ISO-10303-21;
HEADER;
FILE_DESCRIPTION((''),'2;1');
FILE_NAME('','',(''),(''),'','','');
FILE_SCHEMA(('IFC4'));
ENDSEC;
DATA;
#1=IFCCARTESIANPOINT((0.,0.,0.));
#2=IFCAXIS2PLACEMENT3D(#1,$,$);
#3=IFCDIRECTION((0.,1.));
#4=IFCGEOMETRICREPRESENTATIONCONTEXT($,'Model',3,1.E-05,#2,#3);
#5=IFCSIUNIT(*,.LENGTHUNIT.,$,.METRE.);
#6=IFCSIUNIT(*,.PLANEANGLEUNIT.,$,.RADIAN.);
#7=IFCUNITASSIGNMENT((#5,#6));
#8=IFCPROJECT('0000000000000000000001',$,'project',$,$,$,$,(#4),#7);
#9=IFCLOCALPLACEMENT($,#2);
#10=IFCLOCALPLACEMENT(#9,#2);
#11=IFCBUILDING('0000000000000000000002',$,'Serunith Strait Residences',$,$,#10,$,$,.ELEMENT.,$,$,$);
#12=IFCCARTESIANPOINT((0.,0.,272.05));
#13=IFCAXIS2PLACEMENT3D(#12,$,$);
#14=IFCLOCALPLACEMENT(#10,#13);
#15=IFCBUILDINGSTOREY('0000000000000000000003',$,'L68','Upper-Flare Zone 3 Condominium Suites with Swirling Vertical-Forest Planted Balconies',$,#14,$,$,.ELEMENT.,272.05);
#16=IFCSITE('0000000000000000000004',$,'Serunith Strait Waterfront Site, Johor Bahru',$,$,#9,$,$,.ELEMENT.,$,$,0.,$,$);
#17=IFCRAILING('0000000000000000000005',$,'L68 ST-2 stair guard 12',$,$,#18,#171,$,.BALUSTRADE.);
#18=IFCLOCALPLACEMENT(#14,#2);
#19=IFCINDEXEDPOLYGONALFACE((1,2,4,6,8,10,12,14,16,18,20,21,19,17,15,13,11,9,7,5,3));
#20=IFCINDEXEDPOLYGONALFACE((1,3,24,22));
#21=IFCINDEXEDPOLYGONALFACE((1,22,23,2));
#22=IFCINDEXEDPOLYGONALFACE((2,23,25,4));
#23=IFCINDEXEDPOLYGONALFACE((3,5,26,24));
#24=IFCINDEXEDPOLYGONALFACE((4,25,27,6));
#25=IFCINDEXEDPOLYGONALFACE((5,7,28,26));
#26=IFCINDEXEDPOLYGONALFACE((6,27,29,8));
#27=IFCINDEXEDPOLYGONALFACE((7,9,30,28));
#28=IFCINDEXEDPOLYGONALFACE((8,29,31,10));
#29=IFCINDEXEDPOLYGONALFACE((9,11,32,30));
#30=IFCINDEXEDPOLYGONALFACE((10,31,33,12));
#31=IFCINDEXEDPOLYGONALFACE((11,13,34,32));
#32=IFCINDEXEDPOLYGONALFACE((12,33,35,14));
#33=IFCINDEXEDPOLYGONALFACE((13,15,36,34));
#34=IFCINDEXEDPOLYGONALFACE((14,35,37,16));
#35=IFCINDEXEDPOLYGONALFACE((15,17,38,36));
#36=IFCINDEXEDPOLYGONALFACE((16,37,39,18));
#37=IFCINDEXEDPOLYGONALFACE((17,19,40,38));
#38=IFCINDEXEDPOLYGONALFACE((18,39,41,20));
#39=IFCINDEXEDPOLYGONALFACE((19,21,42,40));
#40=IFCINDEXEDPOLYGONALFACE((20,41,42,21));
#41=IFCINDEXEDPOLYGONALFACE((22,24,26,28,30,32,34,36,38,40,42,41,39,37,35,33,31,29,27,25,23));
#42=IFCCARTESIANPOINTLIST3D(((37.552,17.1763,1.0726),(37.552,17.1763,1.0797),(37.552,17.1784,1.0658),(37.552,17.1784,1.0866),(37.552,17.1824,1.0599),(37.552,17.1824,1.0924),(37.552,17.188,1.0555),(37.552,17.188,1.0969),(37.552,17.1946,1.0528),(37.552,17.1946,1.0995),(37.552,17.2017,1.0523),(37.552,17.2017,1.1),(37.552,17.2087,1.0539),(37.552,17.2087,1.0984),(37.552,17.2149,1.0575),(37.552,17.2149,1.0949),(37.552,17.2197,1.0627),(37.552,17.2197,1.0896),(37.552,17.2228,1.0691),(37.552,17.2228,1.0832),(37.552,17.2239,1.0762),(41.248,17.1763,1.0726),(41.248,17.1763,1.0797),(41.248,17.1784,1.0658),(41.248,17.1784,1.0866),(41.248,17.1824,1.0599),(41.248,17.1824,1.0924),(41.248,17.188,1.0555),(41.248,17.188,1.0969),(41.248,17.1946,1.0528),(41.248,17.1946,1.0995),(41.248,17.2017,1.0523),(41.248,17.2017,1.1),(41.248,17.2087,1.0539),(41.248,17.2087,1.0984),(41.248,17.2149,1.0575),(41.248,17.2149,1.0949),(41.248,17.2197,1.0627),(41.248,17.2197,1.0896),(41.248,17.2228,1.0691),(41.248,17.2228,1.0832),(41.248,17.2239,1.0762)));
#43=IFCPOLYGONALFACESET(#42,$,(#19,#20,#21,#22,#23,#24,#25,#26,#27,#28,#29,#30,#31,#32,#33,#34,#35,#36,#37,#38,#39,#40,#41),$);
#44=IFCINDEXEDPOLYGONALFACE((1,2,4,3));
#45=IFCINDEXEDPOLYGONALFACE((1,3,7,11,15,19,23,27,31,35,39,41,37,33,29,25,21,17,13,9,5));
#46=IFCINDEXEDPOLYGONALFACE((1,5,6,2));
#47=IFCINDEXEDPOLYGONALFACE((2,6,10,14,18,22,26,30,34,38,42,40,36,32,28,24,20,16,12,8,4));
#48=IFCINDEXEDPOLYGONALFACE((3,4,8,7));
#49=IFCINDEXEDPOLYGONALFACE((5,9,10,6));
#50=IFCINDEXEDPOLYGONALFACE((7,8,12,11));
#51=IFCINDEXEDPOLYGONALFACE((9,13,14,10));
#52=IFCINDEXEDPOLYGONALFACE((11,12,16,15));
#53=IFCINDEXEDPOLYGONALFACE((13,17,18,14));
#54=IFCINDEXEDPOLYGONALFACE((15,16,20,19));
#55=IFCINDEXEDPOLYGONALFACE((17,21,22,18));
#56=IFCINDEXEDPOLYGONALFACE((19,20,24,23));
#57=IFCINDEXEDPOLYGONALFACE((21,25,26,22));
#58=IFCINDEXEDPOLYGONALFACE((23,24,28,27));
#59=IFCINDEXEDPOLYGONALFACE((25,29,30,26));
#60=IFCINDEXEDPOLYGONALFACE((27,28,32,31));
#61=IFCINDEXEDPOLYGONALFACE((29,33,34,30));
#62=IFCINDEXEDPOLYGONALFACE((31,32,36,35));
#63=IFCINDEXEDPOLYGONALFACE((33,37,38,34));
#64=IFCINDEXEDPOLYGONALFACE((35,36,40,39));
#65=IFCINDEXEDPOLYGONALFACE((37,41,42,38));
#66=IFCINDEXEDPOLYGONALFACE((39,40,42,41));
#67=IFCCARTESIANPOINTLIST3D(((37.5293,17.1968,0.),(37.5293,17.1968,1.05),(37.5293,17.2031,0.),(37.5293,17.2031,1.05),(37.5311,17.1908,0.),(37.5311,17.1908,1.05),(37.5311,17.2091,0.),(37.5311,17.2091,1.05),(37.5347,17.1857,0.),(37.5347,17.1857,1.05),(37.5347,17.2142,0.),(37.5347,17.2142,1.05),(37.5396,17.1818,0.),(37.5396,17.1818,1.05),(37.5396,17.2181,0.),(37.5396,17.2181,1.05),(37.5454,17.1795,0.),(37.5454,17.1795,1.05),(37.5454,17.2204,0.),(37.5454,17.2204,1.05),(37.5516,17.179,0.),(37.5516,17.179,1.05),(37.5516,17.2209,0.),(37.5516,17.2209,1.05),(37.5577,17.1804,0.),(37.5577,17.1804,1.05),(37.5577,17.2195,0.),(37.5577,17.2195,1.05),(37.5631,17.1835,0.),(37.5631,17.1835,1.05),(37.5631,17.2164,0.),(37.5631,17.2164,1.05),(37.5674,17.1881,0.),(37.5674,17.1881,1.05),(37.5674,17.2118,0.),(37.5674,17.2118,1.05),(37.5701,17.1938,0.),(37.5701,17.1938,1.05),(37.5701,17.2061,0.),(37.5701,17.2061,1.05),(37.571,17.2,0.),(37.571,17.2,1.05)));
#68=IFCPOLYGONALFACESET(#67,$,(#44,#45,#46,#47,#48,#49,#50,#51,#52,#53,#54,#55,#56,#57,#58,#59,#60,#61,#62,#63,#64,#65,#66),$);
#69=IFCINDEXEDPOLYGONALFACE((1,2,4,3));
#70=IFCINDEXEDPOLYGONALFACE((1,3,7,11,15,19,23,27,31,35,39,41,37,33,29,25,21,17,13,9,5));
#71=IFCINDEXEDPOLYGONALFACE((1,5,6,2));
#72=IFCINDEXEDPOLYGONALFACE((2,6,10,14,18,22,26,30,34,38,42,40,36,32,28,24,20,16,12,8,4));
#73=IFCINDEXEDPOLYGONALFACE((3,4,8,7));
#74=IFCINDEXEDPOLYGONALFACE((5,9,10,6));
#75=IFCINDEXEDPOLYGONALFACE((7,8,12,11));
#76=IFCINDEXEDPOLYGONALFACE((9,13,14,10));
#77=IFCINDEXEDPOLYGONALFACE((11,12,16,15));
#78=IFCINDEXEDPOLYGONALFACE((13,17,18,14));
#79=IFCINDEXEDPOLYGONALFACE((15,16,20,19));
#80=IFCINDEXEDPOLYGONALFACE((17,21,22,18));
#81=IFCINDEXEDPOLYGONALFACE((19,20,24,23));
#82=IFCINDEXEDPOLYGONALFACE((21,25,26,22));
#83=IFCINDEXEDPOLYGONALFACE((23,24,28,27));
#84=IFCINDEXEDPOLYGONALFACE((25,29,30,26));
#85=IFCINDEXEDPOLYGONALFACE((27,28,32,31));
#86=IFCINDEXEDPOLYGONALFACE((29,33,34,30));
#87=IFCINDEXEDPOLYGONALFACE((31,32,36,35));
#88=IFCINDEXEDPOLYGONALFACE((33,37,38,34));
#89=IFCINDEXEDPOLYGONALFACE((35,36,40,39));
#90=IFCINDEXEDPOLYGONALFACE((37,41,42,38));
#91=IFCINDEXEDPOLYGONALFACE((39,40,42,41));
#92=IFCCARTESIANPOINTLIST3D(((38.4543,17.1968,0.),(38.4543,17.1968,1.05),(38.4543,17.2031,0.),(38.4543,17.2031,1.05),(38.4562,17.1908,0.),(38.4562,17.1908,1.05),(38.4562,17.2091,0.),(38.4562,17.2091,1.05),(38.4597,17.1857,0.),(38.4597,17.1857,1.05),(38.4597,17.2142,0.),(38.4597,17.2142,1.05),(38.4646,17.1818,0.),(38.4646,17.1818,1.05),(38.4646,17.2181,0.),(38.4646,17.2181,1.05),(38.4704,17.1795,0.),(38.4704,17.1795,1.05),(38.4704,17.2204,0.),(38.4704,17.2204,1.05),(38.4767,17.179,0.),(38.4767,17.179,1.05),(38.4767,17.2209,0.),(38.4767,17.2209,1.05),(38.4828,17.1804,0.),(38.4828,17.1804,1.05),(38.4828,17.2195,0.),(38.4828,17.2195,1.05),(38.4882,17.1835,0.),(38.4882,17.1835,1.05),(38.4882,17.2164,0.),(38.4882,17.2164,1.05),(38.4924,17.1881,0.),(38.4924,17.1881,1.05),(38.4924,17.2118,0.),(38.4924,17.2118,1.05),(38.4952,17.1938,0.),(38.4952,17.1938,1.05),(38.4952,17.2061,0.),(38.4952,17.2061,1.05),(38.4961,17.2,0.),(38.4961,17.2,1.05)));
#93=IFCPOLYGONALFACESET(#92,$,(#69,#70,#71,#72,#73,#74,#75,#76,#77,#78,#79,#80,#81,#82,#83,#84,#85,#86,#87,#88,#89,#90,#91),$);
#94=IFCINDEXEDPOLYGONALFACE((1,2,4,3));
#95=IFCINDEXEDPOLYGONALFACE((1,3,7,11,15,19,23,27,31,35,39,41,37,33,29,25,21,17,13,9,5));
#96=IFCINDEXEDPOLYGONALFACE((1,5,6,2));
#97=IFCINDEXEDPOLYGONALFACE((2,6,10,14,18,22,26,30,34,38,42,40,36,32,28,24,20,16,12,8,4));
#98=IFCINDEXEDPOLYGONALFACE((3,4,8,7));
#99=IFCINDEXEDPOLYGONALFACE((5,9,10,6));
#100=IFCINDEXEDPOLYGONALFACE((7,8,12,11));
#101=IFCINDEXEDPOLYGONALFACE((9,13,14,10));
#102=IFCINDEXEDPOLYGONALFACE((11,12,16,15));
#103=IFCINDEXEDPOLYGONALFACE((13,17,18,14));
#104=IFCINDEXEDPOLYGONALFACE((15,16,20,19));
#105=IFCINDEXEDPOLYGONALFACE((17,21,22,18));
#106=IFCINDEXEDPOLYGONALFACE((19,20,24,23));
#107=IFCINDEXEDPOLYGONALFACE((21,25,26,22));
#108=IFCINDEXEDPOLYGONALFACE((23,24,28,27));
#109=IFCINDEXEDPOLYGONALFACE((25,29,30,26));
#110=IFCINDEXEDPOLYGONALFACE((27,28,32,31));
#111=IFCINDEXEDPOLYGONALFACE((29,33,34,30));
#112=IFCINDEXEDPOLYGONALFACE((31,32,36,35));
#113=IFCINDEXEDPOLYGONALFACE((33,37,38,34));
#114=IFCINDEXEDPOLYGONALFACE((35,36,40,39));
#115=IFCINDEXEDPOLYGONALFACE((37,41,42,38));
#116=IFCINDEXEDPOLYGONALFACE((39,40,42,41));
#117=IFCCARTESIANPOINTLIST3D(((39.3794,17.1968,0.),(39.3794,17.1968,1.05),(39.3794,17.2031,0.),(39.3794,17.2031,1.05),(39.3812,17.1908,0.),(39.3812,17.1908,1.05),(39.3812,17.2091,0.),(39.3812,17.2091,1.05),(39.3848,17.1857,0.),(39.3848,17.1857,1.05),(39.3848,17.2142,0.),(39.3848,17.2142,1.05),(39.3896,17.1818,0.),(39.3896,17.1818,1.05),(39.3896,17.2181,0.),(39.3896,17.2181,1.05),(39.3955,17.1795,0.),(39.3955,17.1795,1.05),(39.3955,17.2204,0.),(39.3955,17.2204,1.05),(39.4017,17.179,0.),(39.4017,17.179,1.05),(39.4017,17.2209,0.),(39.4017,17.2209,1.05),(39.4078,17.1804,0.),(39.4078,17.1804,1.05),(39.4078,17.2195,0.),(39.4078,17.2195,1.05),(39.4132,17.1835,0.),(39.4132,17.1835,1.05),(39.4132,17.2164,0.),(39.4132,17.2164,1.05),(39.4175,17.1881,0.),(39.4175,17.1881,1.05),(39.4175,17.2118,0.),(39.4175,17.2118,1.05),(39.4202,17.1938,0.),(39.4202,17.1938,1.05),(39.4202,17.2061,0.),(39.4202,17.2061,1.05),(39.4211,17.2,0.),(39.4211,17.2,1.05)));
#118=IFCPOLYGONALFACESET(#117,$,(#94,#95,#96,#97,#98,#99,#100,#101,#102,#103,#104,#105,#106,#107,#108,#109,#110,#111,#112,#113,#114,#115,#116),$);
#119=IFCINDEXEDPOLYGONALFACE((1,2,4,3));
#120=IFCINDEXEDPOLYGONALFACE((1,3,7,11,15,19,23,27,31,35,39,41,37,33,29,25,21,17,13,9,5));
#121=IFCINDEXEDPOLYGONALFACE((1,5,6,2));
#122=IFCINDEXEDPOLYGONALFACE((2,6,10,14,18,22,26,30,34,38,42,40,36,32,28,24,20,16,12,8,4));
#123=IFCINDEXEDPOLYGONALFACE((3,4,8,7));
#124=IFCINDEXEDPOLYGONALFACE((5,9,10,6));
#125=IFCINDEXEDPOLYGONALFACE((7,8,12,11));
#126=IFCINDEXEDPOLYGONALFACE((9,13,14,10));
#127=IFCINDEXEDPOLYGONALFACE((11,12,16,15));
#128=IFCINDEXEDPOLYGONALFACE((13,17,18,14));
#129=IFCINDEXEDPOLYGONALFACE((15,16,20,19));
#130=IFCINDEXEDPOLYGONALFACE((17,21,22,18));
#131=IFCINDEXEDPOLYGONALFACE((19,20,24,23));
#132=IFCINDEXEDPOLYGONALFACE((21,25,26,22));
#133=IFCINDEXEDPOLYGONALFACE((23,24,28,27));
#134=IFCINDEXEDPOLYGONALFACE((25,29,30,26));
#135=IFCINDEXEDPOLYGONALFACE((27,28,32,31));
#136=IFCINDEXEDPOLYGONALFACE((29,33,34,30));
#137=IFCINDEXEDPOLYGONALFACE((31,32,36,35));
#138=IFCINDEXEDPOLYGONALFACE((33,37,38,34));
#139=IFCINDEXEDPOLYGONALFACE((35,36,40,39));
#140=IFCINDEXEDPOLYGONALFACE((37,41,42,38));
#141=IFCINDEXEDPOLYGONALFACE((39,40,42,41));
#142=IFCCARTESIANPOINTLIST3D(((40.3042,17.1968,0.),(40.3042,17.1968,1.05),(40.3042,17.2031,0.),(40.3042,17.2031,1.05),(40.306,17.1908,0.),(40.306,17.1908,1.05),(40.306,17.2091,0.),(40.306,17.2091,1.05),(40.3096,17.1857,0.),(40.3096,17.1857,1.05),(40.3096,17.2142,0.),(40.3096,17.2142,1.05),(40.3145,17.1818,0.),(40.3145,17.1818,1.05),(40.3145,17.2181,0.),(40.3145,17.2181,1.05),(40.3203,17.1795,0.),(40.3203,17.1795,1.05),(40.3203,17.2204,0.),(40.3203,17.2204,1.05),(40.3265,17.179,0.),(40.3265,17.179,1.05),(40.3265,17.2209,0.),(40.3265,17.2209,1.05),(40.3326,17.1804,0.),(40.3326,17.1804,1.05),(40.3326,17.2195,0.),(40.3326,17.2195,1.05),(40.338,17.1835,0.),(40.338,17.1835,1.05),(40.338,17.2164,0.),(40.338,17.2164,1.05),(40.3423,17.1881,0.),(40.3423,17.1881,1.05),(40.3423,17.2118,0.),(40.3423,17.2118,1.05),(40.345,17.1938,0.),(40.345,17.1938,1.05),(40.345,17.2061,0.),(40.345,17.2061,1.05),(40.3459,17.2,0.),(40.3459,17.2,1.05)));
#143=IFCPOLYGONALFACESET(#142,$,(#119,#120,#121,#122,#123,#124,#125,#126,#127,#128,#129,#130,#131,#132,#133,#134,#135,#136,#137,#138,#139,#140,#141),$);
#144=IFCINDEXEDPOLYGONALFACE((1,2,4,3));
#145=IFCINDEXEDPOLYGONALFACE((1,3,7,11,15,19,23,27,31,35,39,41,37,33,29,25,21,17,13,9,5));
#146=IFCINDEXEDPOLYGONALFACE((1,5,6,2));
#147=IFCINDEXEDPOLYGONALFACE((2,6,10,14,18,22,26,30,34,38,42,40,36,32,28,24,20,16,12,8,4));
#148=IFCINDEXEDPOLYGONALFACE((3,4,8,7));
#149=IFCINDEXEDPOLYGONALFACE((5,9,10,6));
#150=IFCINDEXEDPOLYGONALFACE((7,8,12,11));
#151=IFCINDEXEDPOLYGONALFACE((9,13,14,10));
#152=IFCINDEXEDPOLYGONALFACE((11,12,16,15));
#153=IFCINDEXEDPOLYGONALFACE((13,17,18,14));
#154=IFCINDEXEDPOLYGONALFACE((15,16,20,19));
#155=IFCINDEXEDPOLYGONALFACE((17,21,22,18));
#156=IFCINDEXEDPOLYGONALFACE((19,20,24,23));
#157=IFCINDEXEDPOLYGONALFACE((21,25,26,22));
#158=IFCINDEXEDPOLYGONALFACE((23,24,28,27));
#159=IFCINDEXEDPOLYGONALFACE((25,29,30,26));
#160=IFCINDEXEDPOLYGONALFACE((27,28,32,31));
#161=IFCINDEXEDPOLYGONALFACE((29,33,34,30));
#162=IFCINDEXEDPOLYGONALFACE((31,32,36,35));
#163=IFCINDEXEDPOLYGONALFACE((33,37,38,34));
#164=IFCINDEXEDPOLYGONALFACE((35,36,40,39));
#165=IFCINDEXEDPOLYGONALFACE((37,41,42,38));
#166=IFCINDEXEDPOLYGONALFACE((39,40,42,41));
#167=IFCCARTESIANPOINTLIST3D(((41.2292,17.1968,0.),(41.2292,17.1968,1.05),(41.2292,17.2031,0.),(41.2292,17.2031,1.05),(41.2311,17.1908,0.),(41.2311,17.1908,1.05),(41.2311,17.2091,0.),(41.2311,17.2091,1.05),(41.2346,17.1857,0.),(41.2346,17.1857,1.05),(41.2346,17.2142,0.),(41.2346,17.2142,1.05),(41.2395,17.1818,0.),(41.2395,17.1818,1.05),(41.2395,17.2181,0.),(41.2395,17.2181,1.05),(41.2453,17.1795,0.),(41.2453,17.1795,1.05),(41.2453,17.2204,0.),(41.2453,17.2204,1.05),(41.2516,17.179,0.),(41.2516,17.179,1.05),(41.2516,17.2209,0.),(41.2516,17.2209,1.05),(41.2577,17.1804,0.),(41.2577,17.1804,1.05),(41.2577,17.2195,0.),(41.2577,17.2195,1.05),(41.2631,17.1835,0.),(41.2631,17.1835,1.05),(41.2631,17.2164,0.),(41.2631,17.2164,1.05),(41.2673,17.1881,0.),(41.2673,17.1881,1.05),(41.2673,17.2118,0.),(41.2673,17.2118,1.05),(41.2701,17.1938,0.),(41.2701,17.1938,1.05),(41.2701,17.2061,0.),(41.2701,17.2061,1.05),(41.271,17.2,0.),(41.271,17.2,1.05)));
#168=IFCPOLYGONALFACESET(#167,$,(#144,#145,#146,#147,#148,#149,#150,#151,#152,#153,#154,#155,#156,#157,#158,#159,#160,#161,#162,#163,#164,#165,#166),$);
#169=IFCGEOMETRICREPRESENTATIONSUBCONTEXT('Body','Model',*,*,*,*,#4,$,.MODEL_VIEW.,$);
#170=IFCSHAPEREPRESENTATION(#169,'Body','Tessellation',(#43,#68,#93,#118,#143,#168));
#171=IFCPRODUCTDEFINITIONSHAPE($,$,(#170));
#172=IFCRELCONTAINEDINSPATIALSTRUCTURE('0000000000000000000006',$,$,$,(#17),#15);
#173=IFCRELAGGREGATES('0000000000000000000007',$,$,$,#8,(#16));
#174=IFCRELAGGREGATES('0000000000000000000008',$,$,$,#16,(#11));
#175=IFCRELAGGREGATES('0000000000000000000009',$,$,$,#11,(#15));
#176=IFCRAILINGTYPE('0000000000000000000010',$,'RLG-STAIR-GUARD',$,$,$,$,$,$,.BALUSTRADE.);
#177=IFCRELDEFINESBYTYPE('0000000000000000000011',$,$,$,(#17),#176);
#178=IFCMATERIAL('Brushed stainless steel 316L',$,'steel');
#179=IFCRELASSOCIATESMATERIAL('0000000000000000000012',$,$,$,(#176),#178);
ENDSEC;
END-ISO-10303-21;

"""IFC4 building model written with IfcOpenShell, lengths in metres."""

from ifc_helpers import new_model, si_unit, direction, frame, origin, origin_2d, place, context, subcontext, project, spatial, circle, extrude, material, type_object, element, save


model = new_model("IFC4")

# Units and contexts
model_context = context("Model", 3, precision=1e-05, world=origin(), true_north=direction((0.0, 1.0)))
body_context = subcontext(model_context, "Body", "Model", "MODEL_VIEW")
ifc_project = project(units=[si_unit("LENGTHUNIT", "METRE"), si_unit("PLANEANGLEUNIT", "RADIAN")], contexts=[model_context])

# Site, building, storey
site_placement = place(None, origin())
site = spatial("IfcSite", under=ifc_project, at=site_placement, Name="Serunith Strait Waterfront Site, Johor Bahru", CompositionType="ELEMENT", RefElevation=0.0)
building_placement = place(site_placement, origin())
building = spatial("IfcBuilding", under=site, at=building_placement, Name="Serunith Strait Residences", CompositionType="ELEMENT")
storey_placement = place(building_placement, frame((0.0, 0.0, 272.05)))
storey = spatial("IfcBuildingStorey", under=building, at=storey_placement, Name="L68", Description="Upper-Flare Zone 3 Condominium Suites with Swirling Vertical-Forest Planted Balconies", CompositionType="ELEMENT", Elevation=272.05)

# Railing
ifc_material_1 = material(Name="Brushed stainless steel 316L", Category="steel")
railing_type_1 = type_object("IfcRailingType", Name="RLG-STAIR-GUARD", PredefinedType="BALUSTRADE", material=ifc_material_1)
railing_1_placement = place(storey_placement, frame((37.55, 17.2, 0.0)))
element("IfcRailing", 1, at=railing_1_placement, inside=storey, type_object=railing_type_1, Name="L68 ST-2 stair guard 12", PredefinedType="BALUSTRADE", context=body_context, shape_type="SweptSolid", body=[
    extrude(circle(Radius=0.0239, at=origin_2d()), frame((0.002, 0.0, 1.0762), z_axis=(1.0, 0.0, 0.0), x_axis=(0.0, 1.0, 0.0)), (0.0, 0.0, 1.0), 3.696),
    extrude(circle(Radius=0.021, at=origin_2d()), origin(), (0.0, 0.0, 1.0), 1.05),
    extrude(circle(Radius=0.021, at=origin_2d()), frame((0.925, 0.0, 0.0)), (0.0, 0.0, 1.0), 1.05),
    extrude(circle(Radius=0.021, at=origin_2d()), frame((1.8501, 0.0, 0.0)), (0.0, 0.0, 1.0), 1.05),
    extrude(circle(Radius=0.021, at=origin_2d()), frame((2.7749, 0.0, 0.0)), (0.0, 0.0, 1.0), 1.05),
    extrude(circle(Radius=0.021, at=origin_2d()), frame((3.7, 0.0, 0.0)), (0.0, 0.0, 1.0), 1.05),
])

save(model, "model.ifc")
